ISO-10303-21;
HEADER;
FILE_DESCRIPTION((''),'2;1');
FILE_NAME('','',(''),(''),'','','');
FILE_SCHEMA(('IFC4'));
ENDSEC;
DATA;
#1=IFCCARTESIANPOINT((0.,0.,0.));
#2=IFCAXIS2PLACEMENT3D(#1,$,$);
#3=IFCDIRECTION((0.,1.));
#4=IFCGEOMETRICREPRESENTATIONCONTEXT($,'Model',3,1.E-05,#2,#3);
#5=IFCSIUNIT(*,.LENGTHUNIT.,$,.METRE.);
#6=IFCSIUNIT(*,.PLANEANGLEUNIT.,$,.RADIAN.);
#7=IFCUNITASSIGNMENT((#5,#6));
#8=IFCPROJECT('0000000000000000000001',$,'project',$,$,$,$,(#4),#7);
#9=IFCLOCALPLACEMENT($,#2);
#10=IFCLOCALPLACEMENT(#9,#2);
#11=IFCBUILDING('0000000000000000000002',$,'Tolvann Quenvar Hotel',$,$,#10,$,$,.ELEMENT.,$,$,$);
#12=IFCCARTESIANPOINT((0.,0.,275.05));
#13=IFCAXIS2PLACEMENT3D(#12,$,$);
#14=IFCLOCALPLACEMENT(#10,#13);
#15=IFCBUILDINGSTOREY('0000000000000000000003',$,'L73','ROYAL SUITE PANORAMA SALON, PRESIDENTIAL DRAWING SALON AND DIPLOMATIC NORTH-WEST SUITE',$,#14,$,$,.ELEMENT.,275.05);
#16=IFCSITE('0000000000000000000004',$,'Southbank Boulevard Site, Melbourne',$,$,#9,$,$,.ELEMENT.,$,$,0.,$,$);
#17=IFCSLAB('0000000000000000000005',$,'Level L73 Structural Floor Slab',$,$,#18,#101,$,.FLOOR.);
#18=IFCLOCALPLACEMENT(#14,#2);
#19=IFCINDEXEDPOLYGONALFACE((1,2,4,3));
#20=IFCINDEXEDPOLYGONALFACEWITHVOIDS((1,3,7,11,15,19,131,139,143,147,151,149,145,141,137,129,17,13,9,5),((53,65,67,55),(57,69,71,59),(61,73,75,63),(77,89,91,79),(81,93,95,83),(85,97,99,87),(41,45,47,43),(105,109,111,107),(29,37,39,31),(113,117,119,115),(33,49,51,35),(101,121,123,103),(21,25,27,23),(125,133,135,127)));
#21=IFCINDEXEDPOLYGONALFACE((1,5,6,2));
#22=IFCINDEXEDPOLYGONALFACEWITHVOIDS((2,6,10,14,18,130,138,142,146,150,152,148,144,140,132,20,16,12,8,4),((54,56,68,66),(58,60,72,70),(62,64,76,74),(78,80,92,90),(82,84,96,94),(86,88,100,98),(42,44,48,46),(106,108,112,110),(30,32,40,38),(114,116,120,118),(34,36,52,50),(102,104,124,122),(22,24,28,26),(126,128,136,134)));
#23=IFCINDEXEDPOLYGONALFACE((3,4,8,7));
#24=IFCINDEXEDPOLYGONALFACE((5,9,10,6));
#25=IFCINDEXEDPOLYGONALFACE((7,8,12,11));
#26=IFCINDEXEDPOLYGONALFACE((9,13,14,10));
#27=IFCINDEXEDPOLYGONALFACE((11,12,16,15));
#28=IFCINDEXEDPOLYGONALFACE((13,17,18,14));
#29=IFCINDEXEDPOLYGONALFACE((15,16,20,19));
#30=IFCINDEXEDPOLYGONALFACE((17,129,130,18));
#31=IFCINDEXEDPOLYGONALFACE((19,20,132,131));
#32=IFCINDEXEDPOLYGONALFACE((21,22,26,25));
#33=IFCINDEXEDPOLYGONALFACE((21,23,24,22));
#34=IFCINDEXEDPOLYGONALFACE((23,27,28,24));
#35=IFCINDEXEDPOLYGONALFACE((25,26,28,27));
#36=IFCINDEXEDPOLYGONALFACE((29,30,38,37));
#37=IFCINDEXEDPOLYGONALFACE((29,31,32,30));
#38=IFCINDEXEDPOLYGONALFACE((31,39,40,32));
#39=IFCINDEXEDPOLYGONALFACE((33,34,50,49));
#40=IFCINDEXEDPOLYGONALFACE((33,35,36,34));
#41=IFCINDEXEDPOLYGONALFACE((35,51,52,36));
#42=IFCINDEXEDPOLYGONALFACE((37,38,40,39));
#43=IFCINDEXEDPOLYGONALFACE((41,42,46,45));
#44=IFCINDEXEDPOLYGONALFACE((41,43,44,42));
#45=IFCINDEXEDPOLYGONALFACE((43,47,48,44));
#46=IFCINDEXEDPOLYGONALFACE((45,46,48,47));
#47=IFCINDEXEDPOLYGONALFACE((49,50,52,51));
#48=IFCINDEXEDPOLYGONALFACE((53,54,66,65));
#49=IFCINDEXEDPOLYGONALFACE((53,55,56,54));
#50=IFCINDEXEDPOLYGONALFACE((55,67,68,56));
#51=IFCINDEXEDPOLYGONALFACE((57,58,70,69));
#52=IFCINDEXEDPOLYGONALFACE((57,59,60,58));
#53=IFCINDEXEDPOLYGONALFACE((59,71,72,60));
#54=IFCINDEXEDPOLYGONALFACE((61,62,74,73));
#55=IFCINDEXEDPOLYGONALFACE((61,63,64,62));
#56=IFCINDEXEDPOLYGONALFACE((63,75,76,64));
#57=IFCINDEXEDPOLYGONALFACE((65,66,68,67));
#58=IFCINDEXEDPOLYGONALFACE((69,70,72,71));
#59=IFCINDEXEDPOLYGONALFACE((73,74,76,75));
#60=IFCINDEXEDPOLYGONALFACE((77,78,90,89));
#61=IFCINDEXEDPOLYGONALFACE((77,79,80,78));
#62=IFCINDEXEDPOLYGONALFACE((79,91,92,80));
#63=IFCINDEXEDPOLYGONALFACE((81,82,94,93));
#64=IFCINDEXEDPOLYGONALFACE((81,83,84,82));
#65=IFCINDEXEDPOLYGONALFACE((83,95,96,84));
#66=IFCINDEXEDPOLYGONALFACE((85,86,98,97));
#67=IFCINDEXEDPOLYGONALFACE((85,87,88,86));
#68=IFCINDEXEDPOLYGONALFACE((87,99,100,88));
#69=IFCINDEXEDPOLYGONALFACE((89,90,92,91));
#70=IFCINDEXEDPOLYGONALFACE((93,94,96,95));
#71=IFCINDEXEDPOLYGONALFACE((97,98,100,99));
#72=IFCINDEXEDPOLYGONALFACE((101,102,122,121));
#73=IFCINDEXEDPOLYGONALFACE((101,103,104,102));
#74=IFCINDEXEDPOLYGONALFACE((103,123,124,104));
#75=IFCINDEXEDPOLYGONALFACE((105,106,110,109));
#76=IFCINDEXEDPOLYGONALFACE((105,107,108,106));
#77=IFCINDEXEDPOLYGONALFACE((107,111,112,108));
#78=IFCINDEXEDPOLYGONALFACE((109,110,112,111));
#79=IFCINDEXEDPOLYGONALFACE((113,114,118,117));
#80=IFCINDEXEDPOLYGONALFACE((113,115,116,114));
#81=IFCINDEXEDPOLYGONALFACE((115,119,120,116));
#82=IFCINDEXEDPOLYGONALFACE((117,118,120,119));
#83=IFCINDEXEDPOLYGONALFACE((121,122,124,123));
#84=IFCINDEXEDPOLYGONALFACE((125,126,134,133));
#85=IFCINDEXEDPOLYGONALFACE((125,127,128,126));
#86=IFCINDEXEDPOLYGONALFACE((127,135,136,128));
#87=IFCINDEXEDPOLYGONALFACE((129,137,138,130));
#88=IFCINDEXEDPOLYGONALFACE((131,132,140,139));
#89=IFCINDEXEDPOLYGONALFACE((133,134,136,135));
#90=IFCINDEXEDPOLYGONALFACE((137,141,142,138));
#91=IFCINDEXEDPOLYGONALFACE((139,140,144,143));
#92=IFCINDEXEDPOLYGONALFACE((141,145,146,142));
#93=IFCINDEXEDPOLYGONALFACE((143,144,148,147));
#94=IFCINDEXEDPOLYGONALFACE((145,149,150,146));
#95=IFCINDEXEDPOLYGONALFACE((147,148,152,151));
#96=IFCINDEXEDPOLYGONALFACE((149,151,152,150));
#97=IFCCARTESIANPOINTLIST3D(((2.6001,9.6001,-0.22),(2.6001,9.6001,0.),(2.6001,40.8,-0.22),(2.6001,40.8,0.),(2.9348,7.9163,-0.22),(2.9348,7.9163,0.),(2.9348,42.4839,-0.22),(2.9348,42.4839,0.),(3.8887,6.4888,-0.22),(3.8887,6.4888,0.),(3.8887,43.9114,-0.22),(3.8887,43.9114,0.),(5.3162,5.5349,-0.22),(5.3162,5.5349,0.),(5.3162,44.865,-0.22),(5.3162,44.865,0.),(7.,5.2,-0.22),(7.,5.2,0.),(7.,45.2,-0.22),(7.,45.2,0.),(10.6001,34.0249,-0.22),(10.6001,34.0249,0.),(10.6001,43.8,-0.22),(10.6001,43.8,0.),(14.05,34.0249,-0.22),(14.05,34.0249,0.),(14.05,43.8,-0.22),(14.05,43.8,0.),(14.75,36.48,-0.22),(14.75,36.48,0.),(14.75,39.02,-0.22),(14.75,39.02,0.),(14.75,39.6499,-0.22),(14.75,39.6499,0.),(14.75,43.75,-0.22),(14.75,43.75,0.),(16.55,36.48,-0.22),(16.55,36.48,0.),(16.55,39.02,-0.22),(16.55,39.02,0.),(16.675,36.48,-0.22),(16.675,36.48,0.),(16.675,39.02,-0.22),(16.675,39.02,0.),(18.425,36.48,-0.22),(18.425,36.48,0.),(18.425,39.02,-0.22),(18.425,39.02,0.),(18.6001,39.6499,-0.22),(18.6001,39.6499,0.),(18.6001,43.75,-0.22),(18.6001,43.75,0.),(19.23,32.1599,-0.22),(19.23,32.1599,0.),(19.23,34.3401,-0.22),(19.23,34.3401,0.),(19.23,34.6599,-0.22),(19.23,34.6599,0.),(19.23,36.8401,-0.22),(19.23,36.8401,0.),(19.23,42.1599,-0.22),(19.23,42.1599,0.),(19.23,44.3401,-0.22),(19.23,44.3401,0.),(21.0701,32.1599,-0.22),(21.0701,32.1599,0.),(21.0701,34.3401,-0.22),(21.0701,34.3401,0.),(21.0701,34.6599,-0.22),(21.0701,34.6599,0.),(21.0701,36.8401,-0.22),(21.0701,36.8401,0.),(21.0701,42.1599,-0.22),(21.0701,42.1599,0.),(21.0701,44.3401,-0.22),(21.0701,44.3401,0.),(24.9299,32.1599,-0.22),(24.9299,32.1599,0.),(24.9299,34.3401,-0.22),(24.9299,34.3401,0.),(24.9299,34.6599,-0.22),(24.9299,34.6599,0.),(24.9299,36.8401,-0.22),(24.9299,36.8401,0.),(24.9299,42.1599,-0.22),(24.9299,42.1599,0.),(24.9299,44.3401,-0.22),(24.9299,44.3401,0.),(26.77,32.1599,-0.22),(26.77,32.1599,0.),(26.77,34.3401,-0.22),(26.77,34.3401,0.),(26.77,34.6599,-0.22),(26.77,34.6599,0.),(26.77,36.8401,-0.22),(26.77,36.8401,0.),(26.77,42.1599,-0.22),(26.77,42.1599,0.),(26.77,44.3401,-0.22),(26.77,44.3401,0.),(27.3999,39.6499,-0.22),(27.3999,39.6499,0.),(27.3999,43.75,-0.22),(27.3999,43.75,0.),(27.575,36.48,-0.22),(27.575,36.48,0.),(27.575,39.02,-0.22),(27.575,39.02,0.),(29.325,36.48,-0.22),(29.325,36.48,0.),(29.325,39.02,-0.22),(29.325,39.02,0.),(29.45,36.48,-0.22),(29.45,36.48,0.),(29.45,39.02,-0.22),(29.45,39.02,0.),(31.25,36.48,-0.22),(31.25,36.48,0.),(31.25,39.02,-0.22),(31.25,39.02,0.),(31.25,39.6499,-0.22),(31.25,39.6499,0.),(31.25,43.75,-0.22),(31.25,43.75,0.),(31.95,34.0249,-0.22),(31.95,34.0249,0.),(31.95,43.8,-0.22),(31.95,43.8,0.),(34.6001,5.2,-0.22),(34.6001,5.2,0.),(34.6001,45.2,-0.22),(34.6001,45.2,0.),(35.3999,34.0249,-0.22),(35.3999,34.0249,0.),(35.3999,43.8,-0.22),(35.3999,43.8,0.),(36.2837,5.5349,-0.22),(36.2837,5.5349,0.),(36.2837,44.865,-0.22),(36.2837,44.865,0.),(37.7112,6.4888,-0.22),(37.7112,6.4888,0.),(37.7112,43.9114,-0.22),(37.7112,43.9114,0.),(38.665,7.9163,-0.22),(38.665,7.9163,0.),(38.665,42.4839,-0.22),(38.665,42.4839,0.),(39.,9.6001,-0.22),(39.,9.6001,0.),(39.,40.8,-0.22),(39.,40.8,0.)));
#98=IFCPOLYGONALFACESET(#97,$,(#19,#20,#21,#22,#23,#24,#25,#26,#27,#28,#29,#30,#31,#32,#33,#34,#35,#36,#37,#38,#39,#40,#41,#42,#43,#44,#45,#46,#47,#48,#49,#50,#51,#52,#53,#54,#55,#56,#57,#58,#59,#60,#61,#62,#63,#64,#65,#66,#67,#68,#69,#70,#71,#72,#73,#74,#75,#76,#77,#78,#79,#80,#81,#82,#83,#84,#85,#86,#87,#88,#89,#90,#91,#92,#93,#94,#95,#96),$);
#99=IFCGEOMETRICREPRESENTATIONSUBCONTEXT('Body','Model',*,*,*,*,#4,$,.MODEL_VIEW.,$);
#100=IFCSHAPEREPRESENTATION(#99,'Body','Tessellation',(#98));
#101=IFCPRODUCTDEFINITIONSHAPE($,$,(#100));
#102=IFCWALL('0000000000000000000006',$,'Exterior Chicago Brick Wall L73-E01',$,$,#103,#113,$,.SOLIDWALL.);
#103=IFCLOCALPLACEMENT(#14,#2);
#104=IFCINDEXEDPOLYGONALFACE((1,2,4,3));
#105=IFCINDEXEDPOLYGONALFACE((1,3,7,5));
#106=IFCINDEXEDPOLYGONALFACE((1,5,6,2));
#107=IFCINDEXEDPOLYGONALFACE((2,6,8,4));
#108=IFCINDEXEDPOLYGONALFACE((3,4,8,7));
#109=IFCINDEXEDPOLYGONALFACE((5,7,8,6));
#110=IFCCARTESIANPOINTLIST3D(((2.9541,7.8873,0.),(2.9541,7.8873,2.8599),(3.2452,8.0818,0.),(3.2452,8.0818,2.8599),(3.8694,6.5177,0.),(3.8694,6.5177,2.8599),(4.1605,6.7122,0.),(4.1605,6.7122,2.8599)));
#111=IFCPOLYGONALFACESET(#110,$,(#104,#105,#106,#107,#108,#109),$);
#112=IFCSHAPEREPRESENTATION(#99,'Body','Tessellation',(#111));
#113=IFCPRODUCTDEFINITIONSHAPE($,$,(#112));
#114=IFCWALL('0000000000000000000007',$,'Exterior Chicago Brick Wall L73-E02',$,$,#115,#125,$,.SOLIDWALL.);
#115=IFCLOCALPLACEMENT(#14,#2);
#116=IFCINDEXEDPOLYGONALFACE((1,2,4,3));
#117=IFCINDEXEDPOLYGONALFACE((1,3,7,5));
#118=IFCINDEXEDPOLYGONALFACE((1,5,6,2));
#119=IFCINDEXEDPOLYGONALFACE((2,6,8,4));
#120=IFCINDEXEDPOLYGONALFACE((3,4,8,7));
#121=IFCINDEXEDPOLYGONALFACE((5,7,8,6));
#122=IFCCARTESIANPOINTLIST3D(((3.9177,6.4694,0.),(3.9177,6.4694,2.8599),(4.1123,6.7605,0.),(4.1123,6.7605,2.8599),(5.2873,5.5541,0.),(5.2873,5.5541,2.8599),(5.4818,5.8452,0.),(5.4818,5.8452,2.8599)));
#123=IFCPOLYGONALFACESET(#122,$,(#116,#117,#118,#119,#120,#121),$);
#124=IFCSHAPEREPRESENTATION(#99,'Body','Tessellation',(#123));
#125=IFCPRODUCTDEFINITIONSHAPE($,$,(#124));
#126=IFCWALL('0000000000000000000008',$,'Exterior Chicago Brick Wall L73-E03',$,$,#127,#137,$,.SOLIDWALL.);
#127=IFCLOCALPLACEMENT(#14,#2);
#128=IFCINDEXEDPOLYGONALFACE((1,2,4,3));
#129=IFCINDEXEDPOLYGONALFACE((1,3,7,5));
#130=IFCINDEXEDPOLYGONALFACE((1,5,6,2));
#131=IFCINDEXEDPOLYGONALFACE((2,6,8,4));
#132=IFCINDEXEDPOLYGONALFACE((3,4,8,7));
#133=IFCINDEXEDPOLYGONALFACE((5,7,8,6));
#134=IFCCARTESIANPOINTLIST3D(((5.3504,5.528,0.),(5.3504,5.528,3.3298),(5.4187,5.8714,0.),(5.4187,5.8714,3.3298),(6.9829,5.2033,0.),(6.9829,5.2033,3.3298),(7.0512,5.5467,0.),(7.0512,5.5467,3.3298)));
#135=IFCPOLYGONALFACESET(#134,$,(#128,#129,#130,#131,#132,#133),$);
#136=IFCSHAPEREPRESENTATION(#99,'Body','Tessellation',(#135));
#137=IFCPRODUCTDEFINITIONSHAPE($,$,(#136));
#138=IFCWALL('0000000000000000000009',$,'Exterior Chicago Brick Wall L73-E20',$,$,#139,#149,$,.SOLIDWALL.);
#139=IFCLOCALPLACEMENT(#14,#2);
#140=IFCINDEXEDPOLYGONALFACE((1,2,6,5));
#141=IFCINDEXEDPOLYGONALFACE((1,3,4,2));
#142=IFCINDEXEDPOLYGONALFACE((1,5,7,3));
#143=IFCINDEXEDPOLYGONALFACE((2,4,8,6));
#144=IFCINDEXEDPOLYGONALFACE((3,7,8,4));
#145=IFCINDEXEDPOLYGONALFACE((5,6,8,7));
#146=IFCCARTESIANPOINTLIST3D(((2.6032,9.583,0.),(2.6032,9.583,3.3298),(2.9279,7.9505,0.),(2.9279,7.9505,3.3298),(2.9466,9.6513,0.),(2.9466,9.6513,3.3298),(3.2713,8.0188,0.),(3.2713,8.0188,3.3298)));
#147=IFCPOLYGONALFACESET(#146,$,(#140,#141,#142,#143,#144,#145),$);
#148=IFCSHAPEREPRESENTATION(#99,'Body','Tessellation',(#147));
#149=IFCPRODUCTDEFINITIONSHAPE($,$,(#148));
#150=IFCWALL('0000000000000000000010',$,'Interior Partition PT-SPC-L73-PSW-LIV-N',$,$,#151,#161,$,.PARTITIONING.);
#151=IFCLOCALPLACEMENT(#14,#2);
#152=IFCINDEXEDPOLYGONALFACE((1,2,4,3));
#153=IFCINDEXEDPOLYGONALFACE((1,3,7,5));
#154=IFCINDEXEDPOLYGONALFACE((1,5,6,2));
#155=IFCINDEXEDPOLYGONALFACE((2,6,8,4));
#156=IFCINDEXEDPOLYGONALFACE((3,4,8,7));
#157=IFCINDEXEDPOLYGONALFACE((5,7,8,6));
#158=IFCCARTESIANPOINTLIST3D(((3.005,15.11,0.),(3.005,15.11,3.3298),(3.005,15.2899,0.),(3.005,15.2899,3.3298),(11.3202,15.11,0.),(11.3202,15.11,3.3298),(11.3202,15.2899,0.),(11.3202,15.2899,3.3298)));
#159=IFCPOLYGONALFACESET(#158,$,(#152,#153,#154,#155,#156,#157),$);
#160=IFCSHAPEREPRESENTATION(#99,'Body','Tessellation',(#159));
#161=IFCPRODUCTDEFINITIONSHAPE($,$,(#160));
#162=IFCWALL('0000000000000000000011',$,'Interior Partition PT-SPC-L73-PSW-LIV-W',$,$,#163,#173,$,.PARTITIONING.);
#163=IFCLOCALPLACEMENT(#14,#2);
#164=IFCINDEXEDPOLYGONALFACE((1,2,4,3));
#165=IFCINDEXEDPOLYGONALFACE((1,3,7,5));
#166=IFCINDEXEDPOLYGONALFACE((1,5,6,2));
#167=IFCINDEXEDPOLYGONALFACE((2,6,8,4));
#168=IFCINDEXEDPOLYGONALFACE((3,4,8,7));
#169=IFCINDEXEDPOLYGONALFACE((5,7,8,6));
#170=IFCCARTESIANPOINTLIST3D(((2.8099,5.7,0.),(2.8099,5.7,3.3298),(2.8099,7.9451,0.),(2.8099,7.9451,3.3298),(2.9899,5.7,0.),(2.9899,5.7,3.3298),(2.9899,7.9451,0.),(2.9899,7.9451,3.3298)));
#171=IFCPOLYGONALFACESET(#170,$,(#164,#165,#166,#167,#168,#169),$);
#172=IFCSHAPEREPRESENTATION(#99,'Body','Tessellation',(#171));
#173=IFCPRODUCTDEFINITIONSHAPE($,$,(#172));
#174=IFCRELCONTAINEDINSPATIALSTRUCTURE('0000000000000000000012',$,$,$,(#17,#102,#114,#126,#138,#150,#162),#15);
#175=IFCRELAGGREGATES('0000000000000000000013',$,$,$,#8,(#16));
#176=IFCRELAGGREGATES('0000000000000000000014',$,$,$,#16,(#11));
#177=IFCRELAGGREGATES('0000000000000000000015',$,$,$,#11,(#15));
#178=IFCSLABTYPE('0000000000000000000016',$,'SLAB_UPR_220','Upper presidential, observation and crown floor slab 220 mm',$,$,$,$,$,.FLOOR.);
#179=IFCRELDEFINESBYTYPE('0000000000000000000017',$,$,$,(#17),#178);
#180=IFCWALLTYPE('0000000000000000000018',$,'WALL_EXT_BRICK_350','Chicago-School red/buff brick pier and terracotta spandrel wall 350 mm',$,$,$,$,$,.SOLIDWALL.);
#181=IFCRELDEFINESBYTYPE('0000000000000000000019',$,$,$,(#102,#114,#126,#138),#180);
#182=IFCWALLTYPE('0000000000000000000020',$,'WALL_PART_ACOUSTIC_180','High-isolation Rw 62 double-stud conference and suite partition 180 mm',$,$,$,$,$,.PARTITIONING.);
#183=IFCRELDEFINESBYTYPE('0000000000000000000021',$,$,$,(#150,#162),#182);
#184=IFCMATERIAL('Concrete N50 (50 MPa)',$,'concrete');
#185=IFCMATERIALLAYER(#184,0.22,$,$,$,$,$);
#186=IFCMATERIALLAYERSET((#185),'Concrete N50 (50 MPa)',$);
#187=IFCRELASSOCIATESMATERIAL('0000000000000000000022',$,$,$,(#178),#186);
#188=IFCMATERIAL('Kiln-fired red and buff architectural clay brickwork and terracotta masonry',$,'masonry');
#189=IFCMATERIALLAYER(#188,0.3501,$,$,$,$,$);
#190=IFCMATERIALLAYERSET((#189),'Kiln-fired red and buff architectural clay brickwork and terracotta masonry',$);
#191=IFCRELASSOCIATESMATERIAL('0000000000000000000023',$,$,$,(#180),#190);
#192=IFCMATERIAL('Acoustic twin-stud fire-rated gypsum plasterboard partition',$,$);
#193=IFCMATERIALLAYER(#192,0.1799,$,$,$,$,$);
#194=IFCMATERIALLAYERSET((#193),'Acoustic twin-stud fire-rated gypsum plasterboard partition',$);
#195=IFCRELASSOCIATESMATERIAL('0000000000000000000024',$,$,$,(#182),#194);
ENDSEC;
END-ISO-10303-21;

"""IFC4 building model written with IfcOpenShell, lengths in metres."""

from ifc_helpers import new_model, si_unit, direction, frame, frame_2d, origin, place, context, subcontext, project, spatial, polyline, rectangle, outline, extrude, material, layer, layer_set, type_object, element, save


model = new_model("IFC4")

# Units and contexts
model_context = context("Model", 3, precision=1e-05, world=origin(), true_north=direction((0.0, 1.0)))
body_context = subcontext(model_context, "Body", "Model", "MODEL_VIEW")
ifc_project = project(units=[si_unit("LENGTHUNIT", "METRE"), si_unit("PLANEANGLEUNIT", "RADIAN")], contexts=[model_context])

# Site, building, storey
site_placement = place(None, origin())
site = spatial("IfcSite", under=ifc_project, at=site_placement, Name="Southbank Boulevard Site, Melbourne", CompositionType="ELEMENT", RefElevation=0.0)
building_placement = place(site_placement, origin())
building = spatial("IfcBuilding", under=site, at=building_placement, Name="Tolvann Quenvar Hotel", CompositionType="ELEMENT")
storey_placement = place(building_placement, frame((0.0, 0.0, 275.05)))
storey = spatial("IfcBuildingStorey", under=building, at=storey_placement, Name="L73", Description="ROYAL SUITE PANORAMA SALON, PRESIDENTIAL DRAWING SALON AND DIPLOMATIC NORTH-WEST SUITE", CompositionType="ELEMENT", Elevation=275.05)

# Slab
ifc_material_1 = material(Name="Concrete N50 (50 MPa)", Category="concrete")
ifc_layer_1 = layer(ifc_material_1, 0.22)
ifc_layer_set_1 = layer_set([ifc_layer_1], Name="Concrete N50 (50 MPa)")
slab_type_1 = type_object("IfcSlabType", Name="SLAB_UPR_220", Description="Upper presidential, observation and crown floor slab 220 mm", PredefinedType="FLOOR", material=ifc_layer_set_1)
slab_1_placement = place(storey_placement, frame((0.0, 0.0, -0.22)))
element("IfcSlab", 1, at=slab_1_placement, inside=storey, type_object=slab_type_1, Name="Level L73 Structural Floor Slab", PredefinedType="FLOOR", context=body_context, shape_type="SweptSolid", body=[
    extrude(outline(polyline([(2.6001, 9.6001), (2.9348, 7.9163), (3.8887, 6.4888), (5.3162, 5.5349), (7.0, 5.2), (34.6001, 5.2), (36.2837, 5.5349), (37.7112, 6.4888), (38.665, 7.9163), (39.0, 9.6001), (39.0, 40.8), (38.665, 42.4839), (37.7112, 43.9114), (36.2837, 44.865), (34.6001, 45.2), (7.0, 45.2), (5.3162, 44.865), (3.8887, 43.9114), (2.9348, 42.4839), (2.6001, 40.8), (2.6001, 9.6001)]), holes=[polyline([(31.95, 34.0249), (31.95, 43.8), (35.3999, 43.8), (35.3999, 34.0249), (31.95, 34.0249)]), polyline([(27.3999, 43.75), (31.25, 43.75), (31.25, 39.6499), (27.3999, 39.6499), (27.3999, 43.75)]), polyline([(29.45, 39.02), (31.25, 39.02), (31.25, 36.48), (29.45, 36.48), (29.45, 39.02)]), polyline([(27.575, 39.02), (29.325, 39.02), (29.325, 36.48), (27.575, 36.48), (27.575, 39.02)]), polyline([(24.9299, 36.8401), (26.77, 36.8401), (26.77, 34.6599), (24.9299, 34.6599), (24.9299, 36.8401)]), polyline([(24.9299, 44.3401), (26.77, 44.3401), (26.77, 42.1599), (24.9299, 42.1599), (24.9299, 44.3401)]), polyline([(24.9299, 32.1599), (24.9299, 34.3401), (26.77, 34.3401), (26.77, 32.1599), (24.9299, 32.1599)]), polyline([(19.23, 36.8401), (21.0701, 36.8401), (21.0701, 34.6599), (19.23, 34.6599), (19.23, 36.8401)]), polyline([(19.23, 44.3401), (21.0701, 44.3401), (21.0701, 42.1599), (19.23, 42.1599), (19.23, 44.3401)]), polyline([(19.23, 32.1599), (19.23, 34.3401), (21.0701, 34.3401), (21.0701, 32.1599), (19.23, 32.1599)]), polyline([(14.75, 43.75), (18.6001, 43.75), (18.6001, 39.6499), (14.75, 39.6499), (14.75, 43.75)]), polyline([(16.675, 39.02), (18.425, 39.02), (18.425, 36.48), (16.675, 36.48), (16.675, 39.02)]), polyline([(14.75, 39.02), (16.55, 39.02), (16.55, 36.48), (14.75, 36.48), (14.75, 39.02)]), polyline([(10.6001, 34.0249), (10.6001, 43.8), (14.05, 43.8), (14.05, 34.0249), (10.6001, 34.0249)])]), origin(), (0.0, 0.0, 1.0), 0.22),
])

# Walls
ifc_material_2 = material(Name="Kiln-fired red and buff architectural clay brickwork and terracotta masonry", Category="masonry")
ifc_layer_2 = layer(ifc_material_2, 0.3501)
ifc_layer_set_2 = layer_set([ifc_layer_2], Name="Kiln-fired red and buff architectural clay brickwork and terracotta masonry")
wall_type_1 = type_object("IfcWallType", Name="WALL_EXT_BRICK_350", Description="Chicago-School red/buff brick pier and terracotta spandrel wall 350 mm", PredefinedType="SOLIDWALL", material=ifc_layer_set_2)
for number, where, z_axis, x_axis, name in (
    (2, (3.0996, 7.9846, 0.0), (0.0, 0.0, 1.0), (0.555623, -0.831434, 0.0), "Exterior Chicago Brick Wall L73-E01"),
    (3, (4.0149, 6.615, 0.0), (0.0, 0.0, 1.0), (0.831434, -0.555623, 0.0), "Exterior Chicago Brick Wall L73-E02"),
):
    element("IfcWall", number, at=place(storey_placement, frame(where, z_axis=z_axis, x_axis=x_axis)), inside=storey, type_object=wall_type_1, Name=name, PredefinedType="SOLIDWALL", context=body_context, shape_type="SweptSolid", body=[
        extrude(rectangle(XDim=1.6472, YDim=0.3501, at=frame_2d((0.8237, 0.0))), origin(), (0.0, 0.0, 1.0), 2.8599),
    ])
wall_1_placement = place(storey_placement, frame((5.3845, 5.6997, 0.0), z_axis=(0.0, 0.0, 1.0), x_axis=(0.980789, -0.195072, 0.0)))
element("IfcWall", 4, at=wall_1_placement, inside=storey, type_object=wall_type_1, Name="Exterior Chicago Brick Wall L73-E03", PredefinedType="SOLIDWALL", context=body_context, shape_type="SweptSolid", body=[
    extrude(rectangle(XDim=1.6646, YDim=0.3501, at=frame_2d((0.8323, 0.0))), origin(), (0.0, 0.0, 1.0), 3.3298),
])

# Walls
wall_2_placement = place(storey_placement, frame((2.7749, 9.6172, 0.0), z_axis=(0.0, 0.0, 1.0), x_axis=(0.195072, -0.980789, 0.0)))
element("IfcWall", 5, at=wall_2_placement, inside=storey, type_object=wall_type_1, Name="Exterior Chicago Brick Wall L73-E20", PredefinedType="SOLIDWALL", context=body_context, shape_type="SweptSolid", body=[
    extrude(rectangle(XDim=1.6646, YDim=0.3501, at=frame_2d((0.8323, 0.0))), origin(), (0.0, 0.0, 1.0), 3.3298),
])
ifc_material_3 = material(Name="Acoustic twin-stud fire-rated gypsum plasterboard partition")
ifc_layer_3 = layer(ifc_material_3, 0.1799)
ifc_layer_set_3 = layer_set([ifc_layer_3], Name="Acoustic twin-stud fire-rated gypsum plasterboard partition")
wall_type_2 = type_object("IfcWallType", Name="WALL_PART_ACOUSTIC_180", Description="High-isolation Rw 62 double-stud conference and suite partition 180 mm", PredefinedType="PARTITIONING", material=ifc_layer_set_3)
wall_3_placement = place(storey_placement, frame((3.0049, 15.2, 0.0), z_axis=(0.0, 0.0, 1.0), x_axis=(1.0, 0.0, 0.0)))
element("IfcWall", 6, at=wall_3_placement, inside=storey, type_object=wall_type_2, Name="Interior Partition PT-SPC-L73-PSW-LIV-N", PredefinedType="PARTITIONING", context=body_context, shape_type="SweptSolid", body=[
    extrude(rectangle(XDim=8.3152, YDim=0.1799, at=frame_2d((4.1577, 0.0))), origin(), (0.0, 0.0, 1.0), 3.3298),
])
wall_4_placement = place(storey_placement, frame((2.8999, 5.7, 0.0), z_axis=(0.0, 0.0, 1.0), x_axis=(0.0, 1.0, 0.0)))
element("IfcWall", 7, at=wall_4_placement, inside=storey, type_object=wall_type_2, Name="Interior Partition PT-SPC-L73-PSW-LIV-W", PredefinedType="PARTITIONING", context=body_context, shape_type="SweptSolid", body=[
    extrude(rectangle(XDim=2.2451, YDim=0.1799, at=frame_2d((1.1226, 0.0))), origin(), (0.0, 0.0, 1.0), 3.3298),
])

save(model, "model.ifc")
